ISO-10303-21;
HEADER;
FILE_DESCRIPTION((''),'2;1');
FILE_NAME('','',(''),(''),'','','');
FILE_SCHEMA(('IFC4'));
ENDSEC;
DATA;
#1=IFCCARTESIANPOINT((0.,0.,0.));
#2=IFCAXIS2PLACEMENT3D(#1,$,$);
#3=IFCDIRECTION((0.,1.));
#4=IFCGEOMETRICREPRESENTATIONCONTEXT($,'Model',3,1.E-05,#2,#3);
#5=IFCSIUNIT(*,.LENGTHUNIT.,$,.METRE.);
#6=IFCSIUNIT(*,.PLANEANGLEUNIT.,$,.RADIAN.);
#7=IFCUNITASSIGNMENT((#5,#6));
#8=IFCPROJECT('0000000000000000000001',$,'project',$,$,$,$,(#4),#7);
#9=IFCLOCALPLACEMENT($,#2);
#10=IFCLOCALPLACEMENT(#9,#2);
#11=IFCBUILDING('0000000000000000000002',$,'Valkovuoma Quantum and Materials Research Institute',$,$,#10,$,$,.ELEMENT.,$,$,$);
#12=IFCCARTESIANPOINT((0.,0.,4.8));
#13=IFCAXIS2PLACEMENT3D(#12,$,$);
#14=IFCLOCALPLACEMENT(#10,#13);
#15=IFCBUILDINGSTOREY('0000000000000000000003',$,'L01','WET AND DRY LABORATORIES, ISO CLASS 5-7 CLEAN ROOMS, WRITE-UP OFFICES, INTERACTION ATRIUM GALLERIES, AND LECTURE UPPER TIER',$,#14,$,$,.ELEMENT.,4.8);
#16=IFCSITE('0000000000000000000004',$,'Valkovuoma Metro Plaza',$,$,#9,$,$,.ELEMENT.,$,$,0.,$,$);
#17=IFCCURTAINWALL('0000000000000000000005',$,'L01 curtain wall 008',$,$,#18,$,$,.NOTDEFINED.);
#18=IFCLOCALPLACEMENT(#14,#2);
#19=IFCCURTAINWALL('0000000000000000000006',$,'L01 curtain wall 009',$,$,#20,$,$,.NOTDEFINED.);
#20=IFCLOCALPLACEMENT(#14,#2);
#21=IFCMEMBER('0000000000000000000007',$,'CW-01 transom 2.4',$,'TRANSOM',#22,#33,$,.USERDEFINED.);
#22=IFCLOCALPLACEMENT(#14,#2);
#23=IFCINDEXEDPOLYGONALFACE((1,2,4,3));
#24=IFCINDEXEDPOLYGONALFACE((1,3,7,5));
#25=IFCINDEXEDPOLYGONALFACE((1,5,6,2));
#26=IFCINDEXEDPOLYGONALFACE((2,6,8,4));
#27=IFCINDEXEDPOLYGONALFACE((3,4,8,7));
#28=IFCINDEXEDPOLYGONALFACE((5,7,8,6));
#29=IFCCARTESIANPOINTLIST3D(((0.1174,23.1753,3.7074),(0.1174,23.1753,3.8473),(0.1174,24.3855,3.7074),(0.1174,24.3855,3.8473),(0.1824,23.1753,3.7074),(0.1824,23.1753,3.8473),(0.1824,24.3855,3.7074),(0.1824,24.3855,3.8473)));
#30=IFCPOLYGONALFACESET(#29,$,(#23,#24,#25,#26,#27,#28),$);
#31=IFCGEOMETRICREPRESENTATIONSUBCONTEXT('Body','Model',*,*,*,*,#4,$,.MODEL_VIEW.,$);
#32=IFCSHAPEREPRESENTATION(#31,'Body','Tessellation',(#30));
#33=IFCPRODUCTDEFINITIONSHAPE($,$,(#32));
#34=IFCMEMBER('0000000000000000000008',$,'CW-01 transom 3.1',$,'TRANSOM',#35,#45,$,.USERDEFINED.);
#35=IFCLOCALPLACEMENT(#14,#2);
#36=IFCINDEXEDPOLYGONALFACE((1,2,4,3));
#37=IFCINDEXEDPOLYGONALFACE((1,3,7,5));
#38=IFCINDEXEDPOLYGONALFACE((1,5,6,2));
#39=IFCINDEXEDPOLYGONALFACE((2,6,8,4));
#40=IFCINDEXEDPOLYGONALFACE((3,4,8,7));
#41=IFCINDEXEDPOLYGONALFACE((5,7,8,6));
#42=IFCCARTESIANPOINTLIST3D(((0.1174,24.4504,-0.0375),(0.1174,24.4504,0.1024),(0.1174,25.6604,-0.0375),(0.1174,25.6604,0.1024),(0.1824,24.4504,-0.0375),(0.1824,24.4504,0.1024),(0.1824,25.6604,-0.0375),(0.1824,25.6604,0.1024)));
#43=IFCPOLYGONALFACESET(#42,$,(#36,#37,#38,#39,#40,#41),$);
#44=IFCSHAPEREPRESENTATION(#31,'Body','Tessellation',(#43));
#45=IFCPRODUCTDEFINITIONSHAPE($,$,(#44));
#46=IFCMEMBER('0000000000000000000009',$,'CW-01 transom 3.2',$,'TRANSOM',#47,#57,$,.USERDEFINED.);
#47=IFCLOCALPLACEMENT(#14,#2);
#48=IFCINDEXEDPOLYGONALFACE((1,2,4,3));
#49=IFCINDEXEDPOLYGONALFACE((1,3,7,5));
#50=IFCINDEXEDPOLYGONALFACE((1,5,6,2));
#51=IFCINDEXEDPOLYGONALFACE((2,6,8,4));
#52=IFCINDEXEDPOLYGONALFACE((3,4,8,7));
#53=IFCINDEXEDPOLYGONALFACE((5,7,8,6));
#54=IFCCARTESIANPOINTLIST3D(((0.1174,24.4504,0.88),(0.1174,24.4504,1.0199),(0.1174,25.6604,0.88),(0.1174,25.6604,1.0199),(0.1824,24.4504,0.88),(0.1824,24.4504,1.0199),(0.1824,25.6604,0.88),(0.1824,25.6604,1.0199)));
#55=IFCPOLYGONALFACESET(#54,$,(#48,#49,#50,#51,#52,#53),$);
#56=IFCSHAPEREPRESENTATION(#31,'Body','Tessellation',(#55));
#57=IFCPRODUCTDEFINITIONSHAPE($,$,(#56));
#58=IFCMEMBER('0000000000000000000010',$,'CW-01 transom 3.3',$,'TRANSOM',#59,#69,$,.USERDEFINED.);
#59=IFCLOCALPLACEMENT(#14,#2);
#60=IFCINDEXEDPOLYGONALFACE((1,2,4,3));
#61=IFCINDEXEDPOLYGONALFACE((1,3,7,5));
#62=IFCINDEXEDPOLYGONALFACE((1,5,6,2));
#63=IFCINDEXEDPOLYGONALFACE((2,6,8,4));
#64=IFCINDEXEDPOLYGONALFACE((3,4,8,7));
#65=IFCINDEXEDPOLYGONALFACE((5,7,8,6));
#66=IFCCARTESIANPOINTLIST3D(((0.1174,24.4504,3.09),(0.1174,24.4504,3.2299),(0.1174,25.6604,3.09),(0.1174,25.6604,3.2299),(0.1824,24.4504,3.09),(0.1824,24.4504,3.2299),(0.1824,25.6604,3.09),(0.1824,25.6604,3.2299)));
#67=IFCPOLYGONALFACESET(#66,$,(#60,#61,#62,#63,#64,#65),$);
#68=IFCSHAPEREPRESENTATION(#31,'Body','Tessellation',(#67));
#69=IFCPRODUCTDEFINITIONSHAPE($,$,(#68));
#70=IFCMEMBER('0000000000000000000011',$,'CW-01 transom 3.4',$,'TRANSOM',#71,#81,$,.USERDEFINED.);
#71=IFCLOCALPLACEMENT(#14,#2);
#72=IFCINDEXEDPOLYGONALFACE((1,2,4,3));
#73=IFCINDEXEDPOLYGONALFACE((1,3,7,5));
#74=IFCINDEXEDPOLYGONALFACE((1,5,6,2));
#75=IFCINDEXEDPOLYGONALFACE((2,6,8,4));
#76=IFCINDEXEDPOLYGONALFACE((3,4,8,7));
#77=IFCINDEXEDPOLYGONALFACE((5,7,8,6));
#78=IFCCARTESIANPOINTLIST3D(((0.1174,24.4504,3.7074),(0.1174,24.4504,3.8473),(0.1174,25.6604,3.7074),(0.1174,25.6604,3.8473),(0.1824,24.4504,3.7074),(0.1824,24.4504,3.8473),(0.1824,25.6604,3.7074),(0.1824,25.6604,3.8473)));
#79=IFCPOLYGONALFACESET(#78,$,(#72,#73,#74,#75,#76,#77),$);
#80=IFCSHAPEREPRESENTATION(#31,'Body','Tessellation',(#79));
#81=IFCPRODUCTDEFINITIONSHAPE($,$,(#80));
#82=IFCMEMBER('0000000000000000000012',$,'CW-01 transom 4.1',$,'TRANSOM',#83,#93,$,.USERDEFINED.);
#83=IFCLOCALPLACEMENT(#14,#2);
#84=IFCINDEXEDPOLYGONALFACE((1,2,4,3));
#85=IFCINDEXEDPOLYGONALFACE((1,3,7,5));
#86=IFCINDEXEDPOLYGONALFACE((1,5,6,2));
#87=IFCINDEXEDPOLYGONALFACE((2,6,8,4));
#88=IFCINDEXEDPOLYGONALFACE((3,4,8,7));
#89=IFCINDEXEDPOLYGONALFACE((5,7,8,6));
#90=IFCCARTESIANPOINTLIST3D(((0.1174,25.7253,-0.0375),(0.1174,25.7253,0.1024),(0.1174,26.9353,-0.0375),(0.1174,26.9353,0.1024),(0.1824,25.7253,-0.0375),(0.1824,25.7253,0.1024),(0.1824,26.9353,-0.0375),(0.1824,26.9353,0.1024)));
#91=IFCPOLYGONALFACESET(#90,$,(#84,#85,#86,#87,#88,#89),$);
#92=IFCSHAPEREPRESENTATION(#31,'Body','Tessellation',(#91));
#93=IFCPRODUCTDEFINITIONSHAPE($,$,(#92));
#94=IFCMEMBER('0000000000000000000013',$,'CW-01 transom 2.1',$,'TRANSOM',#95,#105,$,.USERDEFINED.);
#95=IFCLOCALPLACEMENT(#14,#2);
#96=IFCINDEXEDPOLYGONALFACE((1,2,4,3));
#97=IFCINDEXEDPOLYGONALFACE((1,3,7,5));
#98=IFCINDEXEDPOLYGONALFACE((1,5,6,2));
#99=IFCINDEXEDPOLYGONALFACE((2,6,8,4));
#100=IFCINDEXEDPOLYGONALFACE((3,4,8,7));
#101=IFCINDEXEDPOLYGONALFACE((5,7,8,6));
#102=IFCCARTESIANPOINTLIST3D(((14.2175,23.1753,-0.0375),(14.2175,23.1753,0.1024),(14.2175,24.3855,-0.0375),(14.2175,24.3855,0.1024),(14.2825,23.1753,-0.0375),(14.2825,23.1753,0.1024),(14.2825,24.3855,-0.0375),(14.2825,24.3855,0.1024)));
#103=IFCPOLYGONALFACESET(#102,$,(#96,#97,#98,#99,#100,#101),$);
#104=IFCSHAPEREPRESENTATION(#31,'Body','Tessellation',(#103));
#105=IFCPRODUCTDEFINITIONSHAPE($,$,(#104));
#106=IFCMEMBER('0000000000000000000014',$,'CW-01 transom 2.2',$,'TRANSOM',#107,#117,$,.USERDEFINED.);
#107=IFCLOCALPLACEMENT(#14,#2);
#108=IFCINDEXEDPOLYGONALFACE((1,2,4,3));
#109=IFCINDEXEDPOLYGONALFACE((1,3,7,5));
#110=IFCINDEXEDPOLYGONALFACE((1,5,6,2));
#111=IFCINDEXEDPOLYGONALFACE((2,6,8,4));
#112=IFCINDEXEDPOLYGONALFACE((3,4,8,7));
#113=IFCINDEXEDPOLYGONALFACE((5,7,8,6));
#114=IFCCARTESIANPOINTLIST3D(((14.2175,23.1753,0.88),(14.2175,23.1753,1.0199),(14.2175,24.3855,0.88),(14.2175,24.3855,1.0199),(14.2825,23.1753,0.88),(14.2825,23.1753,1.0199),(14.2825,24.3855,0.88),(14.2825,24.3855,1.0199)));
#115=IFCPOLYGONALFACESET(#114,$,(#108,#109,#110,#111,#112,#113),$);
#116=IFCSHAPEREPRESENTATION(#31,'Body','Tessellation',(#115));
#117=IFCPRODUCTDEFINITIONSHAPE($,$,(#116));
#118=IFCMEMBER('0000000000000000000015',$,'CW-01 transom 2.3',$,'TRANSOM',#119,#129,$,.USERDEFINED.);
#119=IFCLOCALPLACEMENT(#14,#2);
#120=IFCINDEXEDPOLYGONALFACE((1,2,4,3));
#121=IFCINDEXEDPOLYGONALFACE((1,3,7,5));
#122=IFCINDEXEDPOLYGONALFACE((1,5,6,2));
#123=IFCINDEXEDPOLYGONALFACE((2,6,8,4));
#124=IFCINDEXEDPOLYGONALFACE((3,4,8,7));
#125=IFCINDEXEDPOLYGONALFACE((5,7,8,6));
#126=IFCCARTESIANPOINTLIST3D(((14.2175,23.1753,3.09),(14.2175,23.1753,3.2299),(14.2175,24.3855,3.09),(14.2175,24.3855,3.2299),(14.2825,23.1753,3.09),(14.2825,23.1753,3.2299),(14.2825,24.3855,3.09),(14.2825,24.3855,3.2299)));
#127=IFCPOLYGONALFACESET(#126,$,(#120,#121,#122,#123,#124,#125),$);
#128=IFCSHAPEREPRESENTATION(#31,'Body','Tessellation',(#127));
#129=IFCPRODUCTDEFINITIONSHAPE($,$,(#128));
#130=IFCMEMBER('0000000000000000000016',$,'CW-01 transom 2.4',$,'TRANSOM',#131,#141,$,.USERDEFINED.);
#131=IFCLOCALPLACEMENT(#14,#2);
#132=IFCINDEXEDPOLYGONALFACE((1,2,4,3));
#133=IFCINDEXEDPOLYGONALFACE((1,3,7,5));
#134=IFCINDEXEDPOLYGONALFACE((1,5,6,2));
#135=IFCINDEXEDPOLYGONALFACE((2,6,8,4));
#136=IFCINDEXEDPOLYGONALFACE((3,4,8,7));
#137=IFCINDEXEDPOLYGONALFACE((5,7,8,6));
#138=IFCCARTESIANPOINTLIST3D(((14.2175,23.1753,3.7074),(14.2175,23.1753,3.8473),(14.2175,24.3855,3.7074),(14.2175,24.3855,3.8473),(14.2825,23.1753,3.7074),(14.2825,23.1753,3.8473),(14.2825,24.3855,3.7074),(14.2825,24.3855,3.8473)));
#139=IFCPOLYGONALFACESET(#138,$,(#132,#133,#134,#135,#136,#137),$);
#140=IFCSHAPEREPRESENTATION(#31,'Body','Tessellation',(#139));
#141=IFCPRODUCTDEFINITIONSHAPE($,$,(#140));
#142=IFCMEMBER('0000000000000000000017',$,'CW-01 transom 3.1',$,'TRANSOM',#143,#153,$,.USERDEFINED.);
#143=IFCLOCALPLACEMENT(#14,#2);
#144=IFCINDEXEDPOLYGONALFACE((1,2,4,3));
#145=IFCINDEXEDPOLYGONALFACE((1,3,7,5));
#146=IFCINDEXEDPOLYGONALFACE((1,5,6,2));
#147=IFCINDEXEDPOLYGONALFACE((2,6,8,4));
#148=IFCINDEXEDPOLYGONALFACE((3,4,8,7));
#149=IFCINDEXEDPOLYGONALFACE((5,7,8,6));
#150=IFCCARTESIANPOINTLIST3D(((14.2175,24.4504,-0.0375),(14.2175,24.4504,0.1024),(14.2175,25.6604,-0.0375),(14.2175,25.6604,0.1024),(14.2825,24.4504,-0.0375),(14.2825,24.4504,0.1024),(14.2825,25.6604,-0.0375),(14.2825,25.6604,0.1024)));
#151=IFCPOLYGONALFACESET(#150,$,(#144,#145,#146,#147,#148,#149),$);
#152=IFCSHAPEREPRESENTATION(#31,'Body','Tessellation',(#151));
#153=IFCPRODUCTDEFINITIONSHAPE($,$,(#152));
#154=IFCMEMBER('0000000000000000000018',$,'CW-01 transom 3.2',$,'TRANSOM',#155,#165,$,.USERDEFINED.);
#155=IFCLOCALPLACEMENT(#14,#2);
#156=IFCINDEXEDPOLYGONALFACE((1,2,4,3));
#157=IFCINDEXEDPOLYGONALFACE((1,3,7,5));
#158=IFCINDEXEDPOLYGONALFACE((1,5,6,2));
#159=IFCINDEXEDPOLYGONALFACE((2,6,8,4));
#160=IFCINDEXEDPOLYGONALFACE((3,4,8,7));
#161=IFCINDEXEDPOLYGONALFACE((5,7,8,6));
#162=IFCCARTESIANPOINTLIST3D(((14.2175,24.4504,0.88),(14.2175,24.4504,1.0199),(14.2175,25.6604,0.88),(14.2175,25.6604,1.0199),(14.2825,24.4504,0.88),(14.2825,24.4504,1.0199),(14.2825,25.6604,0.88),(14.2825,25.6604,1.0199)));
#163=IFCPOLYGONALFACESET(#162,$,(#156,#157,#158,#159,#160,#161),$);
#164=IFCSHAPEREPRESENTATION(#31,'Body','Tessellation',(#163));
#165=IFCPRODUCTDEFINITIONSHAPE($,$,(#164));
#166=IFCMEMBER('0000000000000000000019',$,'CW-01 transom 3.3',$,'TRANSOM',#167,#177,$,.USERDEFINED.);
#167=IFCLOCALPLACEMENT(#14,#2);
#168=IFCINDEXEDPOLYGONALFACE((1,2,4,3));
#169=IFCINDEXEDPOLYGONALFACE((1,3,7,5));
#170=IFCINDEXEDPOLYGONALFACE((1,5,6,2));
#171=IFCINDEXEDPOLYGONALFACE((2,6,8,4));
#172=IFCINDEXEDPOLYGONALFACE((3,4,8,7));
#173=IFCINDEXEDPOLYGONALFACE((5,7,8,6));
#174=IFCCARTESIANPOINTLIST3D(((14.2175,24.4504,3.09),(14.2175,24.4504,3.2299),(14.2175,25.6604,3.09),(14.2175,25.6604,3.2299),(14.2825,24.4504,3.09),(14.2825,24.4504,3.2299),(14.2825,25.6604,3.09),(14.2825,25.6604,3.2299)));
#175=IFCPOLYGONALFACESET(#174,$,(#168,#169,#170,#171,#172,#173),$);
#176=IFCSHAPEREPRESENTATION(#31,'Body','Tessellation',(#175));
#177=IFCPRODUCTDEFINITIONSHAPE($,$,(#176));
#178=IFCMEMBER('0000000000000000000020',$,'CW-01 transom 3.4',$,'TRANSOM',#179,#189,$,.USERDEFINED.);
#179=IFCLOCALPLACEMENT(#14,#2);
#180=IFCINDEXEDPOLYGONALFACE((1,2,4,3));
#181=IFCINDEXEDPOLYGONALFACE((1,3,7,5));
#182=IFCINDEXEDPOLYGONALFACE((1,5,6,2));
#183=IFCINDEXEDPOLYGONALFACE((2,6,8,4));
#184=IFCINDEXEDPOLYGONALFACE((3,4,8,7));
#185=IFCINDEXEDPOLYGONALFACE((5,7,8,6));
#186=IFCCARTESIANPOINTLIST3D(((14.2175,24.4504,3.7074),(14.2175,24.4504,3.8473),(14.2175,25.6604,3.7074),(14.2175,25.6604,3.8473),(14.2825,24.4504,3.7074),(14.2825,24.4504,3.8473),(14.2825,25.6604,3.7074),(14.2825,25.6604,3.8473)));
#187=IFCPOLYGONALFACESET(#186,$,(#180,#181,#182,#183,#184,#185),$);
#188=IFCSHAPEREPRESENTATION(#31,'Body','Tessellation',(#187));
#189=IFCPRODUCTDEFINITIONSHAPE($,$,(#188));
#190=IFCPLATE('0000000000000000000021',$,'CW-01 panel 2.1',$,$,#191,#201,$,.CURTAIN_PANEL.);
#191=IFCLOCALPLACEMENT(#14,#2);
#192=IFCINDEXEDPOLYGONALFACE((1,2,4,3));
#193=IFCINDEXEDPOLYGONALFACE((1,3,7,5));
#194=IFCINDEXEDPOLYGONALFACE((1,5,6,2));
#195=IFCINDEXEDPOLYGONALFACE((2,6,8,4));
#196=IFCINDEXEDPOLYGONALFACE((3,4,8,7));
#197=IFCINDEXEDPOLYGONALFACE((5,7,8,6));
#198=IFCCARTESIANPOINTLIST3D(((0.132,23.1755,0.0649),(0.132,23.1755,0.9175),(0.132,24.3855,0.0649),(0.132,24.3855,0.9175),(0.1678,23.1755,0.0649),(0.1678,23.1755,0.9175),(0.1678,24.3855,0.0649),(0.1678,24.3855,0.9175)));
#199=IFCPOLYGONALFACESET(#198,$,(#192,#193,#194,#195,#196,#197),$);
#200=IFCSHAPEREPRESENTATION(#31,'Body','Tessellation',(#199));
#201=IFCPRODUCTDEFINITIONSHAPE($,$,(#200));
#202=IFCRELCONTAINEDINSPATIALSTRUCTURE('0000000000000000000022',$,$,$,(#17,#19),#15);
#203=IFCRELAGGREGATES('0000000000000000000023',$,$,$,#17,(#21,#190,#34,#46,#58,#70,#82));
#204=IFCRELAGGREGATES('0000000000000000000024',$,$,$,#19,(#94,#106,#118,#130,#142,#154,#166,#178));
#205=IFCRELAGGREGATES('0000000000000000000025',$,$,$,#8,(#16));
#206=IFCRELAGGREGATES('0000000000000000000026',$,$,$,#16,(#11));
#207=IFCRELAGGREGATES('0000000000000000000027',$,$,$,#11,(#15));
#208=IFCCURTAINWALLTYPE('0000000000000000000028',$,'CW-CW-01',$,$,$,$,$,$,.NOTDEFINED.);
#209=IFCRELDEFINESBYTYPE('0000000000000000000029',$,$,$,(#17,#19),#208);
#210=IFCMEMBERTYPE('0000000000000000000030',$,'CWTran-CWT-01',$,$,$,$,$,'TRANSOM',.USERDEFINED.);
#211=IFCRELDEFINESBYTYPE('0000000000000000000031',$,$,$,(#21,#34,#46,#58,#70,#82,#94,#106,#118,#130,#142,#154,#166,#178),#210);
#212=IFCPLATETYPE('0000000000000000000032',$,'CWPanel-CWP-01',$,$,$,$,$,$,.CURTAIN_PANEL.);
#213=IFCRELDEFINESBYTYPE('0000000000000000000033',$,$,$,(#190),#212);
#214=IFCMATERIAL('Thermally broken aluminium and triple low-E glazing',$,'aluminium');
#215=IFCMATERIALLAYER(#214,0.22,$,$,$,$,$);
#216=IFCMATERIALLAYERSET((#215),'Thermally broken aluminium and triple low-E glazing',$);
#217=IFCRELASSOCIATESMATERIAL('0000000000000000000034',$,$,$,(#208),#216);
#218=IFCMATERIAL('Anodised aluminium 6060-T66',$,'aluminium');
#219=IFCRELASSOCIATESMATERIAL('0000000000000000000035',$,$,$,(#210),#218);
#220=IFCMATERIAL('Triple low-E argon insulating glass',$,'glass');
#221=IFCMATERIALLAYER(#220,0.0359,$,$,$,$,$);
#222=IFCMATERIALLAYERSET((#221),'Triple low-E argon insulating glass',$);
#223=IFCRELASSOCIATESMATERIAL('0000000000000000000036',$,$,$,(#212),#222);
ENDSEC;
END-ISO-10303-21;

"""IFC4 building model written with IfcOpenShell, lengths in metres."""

from ifc_helpers import new_model, si_unit, direction, frame, origin, origin_2d, place, context, subcontext, project, spatial, rectangle, extrude, material, layer, layer_set, material_profile, profile_set, type_object, element, aggregate, save


model = new_model("IFC4")

# Units and contexts
model_context = context("Model", 3, precision=1e-05, world=origin(), true_north=direction((0.0, 1.0)))
body_context = subcontext(model_context, "Body", "Model", "MODEL_VIEW")
ifc_project = project(units=[si_unit("LENGTHUNIT", "METRE"), si_unit("PLANEANGLEUNIT", "RADIAN")], contexts=[model_context])

# Site, building, storey
site_placement = place(None, origin())
site = spatial("IfcSite", under=ifc_project, at=site_placement, Name="Valkovuoma Metro Plaza", CompositionType="ELEMENT", RefElevation=0.0)
building_placement = place(site_placement, origin())
building = spatial("IfcBuilding", under=site, at=building_placement, Name="Valkovuoma Quantum and Materials Research Institute", CompositionType="ELEMENT")
storey_placement = place(building_placement, frame((0.0, 0.0, 4.8)))
storey = spatial("IfcBuildingStorey", under=building, at=storey_placement, Name="L01", Description="WET AND DRY LABORATORIES, ISO CLASS 5-7 CLEAN ROOMS, WRITE-UP OFFICES, INTERACTION ATRIUM GALLERIES, AND LECTURE UPPER TIER", CompositionType="ELEMENT", Elevation=4.8)

# Curtain walls
ifc_material_1 = material(Name="Thermally broken aluminium and triple low-E glazing", Category="aluminium")
ifc_layer_1 = layer(ifc_material_1, 0.22)
ifc_layer_set_1 = layer_set([ifc_layer_1], Name="Thermally broken aluminium and triple low-E glazing")
curtain_wall_type = type_object("IfcCurtainWallType", Name="CW-CW-01", PredefinedType="NOTDEFINED", material=ifc_layer_set_1)
curtain_wall_1_placement = place(storey_placement, origin())
curtain_wall_1 = element("IfcCurtainWall", 1, at=curtain_wall_1_placement, inside=storey, type_object=curtain_wall_type, Name="L01 curtain wall 008", PredefinedType="NOTDEFINED")
curtain_wall_2_placement = place(storey_placement, origin())
curtain_wall_2 = element("IfcCurtainWall", 2, at=curtain_wall_2_placement, inside=storey, type_object=curtain_wall_type, Name="L01 curtain wall 009", PredefinedType="NOTDEFINED")

# Members
ifc_material_2 = material(Name="Anodised aluminium 6060-T66", Category="aluminium")
ifc_material_profile_1 = material_profile(ifc_material_2, rectangle(XDim=0.0649, YDim=0.1399, at=origin_2d()), Name="Anodised aluminium 6060-T66")
ifc_profile_set_1 = profile_set([ifc_material_profile_1], Name="Anodised aluminium 6060-T66")
member_type_1 = type_object("IfcMemberType", Name="CWTran-CWT-01", ElementType="TRANSOM", PredefinedType="USERDEFINED", material=ifc_profile_set_1)
member_1_placement = place(storey_placement, frame((0.1499, 23.1753, 3.7773), z_axis=(0.0, 1.0, 0.0), x_axis=(-1.0, 0.0, 0.0)))
member_1 = element("IfcMember", 3, at=member_1_placement, type_object=member_type_1, Name="CW-01 transom 2.4", ObjectType="TRANSOM", PredefinedType="USERDEFINED", context=body_context, shape_type="SweptSolid", body=[
    extrude(rectangle(XDim=0.0649, YDim=0.1399, at=origin_2d()), origin(), (0.0, 0.0, 1.0), 1.2102),
])
member_2_placement = place(storey_placement, frame((0.1499, 24.4504, 0.0325), z_axis=(0.0, 1.0, 0.0), x_axis=(-1.0, 0.0, 0.0)))
member_2 = element("IfcMember", 4, at=member_2_placement, type_object=member_type_1, Name="CW-01 transom 3.1", ObjectType="TRANSOM", PredefinedType="USERDEFINED", context=body_context, shape_type="SweptSolid", body=[
    extrude(rectangle(XDim=0.0649, YDim=0.1399, at=origin_2d()), origin(), (0.0, 0.0, 1.0), 1.21),
])
member_3_placement = place(storey_placement, frame((0.1499, 24.4504, 0.95), z_axis=(0.0, 1.0, 0.0), x_axis=(-1.0, 0.0, 0.0)))
member_3 = element("IfcMember", 5, at=member_3_placement, type_object=member_type_1, Name="CW-01 transom 3.2", ObjectType="TRANSOM", PredefinedType="USERDEFINED", context=body_context, shape_type="SweptSolid", body=[
    extrude(rectangle(XDim=0.0649, YDim=0.1399, at=origin_2d()), origin(), (0.0, 0.0, 1.0), 1.21),
])
member_4_placement = place(storey_placement, frame((0.1499, 24.4504, 3.1599), z_axis=(0.0, 1.0, 0.0), x_axis=(-1.0, 0.0, 0.0)))
member_4 = element("IfcMember", 6, at=member_4_placement, type_object=member_type_1, Name="CW-01 transom 3.3", ObjectType="TRANSOM", PredefinedType="USERDEFINED", context=body_context, shape_type="SweptSolid", body=[
    extrude(rectangle(XDim=0.0649, YDim=0.1399, at=origin_2d()), origin(), (0.0, 0.0, 1.0), 1.21),
])
member_5_placement = place(storey_placement, frame((0.1499, 24.4504, 3.7773), z_axis=(0.0, 1.0, 0.0), x_axis=(-1.0, 0.0, 0.0)))
member_5 = element("IfcMember", 7, at=member_5_placement, type_object=member_type_1, Name="CW-01 transom 3.4", ObjectType="TRANSOM", PredefinedType="USERDEFINED", context=body_context, shape_type="SweptSolid", body=[
    extrude(rectangle(XDim=0.0649, YDim=0.1399, at=origin_2d()), origin(), (0.0, 0.0, 1.0), 1.21),
])
member_6_placement = place(storey_placement, frame((0.1499, 25.7253, 0.0325), z_axis=(0.0, 1.0, 0.0), x_axis=(-1.0, 0.0, 0.0)))
member_6 = element("IfcMember", 8, at=member_6_placement, type_object=member_type_1, Name="CW-01 transom 4.1", ObjectType="TRANSOM", PredefinedType="USERDEFINED", context=body_context, shape_type="SweptSolid", body=[
    extrude(rectangle(XDim=0.0649, YDim=0.1399, at=origin_2d()), origin(), (0.0, 0.0, 1.0), 1.21),
])
member_7_placement = place(storey_placement, frame((14.25, 23.1753, 0.0325), z_axis=(0.0, 1.0, 0.0), x_axis=(-1.0, 0.0, 0.0)))
member_7 = element("IfcMember", 9, at=member_7_placement, type_object=member_type_1, Name="CW-01 transom 2.1", ObjectType="TRANSOM", PredefinedType="USERDEFINED", context=body_context, shape_type="SweptSolid", body=[
    extrude(rectangle(XDim=0.0649, YDim=0.1399, at=origin_2d()), origin(), (0.0, 0.0, 1.0), 1.2102),
])
member_8_placement = place(storey_placement, frame((14.25, 23.1753, 0.95), z_axis=(0.0, 1.0, 0.0), x_axis=(-1.0, 0.0, 0.0)))
member_8 = element("IfcMember", 10, at=member_8_placement, type_object=member_type_1, Name="CW-01 transom 2.2", ObjectType="TRANSOM", PredefinedType="USERDEFINED", context=body_context, shape_type="SweptSolid", body=[
    extrude(rectangle(XDim=0.0649, YDim=0.1399, at=origin_2d()), origin(), (0.0, 0.0, 1.0), 1.2102),
])
member_9_placement = place(storey_placement, frame((14.25, 23.1753, 3.1599), z_axis=(0.0, 1.0, 0.0), x_axis=(-1.0, 0.0, 0.0)))
member_9 = element("IfcMember", 11, at=member_9_placement, type_object=member_type_1, Name="CW-01 transom 2.3", ObjectType="TRANSOM", PredefinedType="USERDEFINED", context=body_context, shape_type="SweptSolid", body=[
    extrude(rectangle(XDim=0.0649, YDim=0.1399, at=origin_2d()), origin(), (0.0, 0.0, 1.0), 1.2102),
])
member_10_placement = place(storey_placement, frame((14.25, 23.1753, 3.7773), z_axis=(0.0, 1.0, 0.0), x_axis=(-1.0, 0.0, 0.0)))
member_10 = element("IfcMember", 12, at=member_10_placement, type_object=member_type_1, Name="CW-01 transom 2.4", ObjectType="TRANSOM", PredefinedType="USERDEFINED", context=body_context, shape_type="SweptSolid", body=[
    extrude(rectangle(XDim=0.0649, YDim=0.1399, at=origin_2d()), origin(), (0.0, 0.0, 1.0), 1.2102),
])
member_11_placement = place(storey_placement, frame((14.25, 24.4504, 0.0325), z_axis=(0.0, 1.0, 0.0), x_axis=(-1.0, 0.0, 0.0)))
member_11 = element("IfcMember", 13, at=member_11_placement, type_object=member_type_1, Name="CW-01 transom 3.1", ObjectType="TRANSOM", PredefinedType="USERDEFINED", context=body_context, shape_type="SweptSolid", body=[
    extrude(rectangle(XDim=0.0649, YDim=0.1399, at=origin_2d()), origin(), (0.0, 0.0, 1.0), 1.21),
])
member_12_placement = place(storey_placement, frame((14.25, 24.4504, 0.95), z_axis=(0.0, 1.0, 0.0), x_axis=(-1.0, 0.0, 0.0)))
member_12 = element("IfcMember", 14, at=member_12_placement, type_object=member_type_1, Name="CW-01 transom 3.2", ObjectType="TRANSOM", PredefinedType="USERDEFINED", context=body_context, shape_type="SweptSolid", body=[
    extrude(rectangle(XDim=0.0649, YDim=0.1399, at=origin_2d()), origin(), (0.0, 0.0, 1.0), 1.21),
])
member_13_placement = place(storey_placement, frame((14.25, 24.4504, 3.1599), z_axis=(0.0, 1.0, 0.0), x_axis=(-1.0, 0.0, 0.0)))
member_13 = element("IfcMember", 15, at=member_13_placement, type_object=member_type_1, Name="CW-01 transom 3.3", ObjectType="TRANSOM", PredefinedType="USERDEFINED", context=body_context, shape_type="SweptSolid", body=[
    extrude(rectangle(XDim=0.0649, YDim=0.1399, at=origin_2d()), origin(), (0.0, 0.0, 1.0), 1.21),
])
member_14_placement = place(storey_placement, frame((14.25, 24.4504, 3.7773), z_axis=(0.0, 1.0, 0.0), x_axis=(-1.0, 0.0, 0.0)))
member_14 = element("IfcMember", 16, at=member_14_placement, type_object=member_type_1, Name="CW-01 transom 3.4", ObjectType="TRANSOM", PredefinedType="USERDEFINED", context=body_context, shape_type="SweptSolid", body=[
    extrude(rectangle(XDim=0.0649, YDim=0.1399, at=origin_2d()), origin(), (0.0, 0.0, 1.0), 1.21),
])

# Plate
ifc_material_3 = material(Name="Triple low-E argon insulating glass", Category="glass")
ifc_layer_2 = layer(ifc_material_3, 0.0359)
ifc_layer_set_2 = layer_set([ifc_layer_2], Name="Triple low-E argon insulating glass")
plate_type_1 = type_object("IfcPlateType", Name="CWPanel-CWP-01", PredefinedType="CURTAIN_PANEL", material=ifc_layer_set_2)
plate_1_placement = place(storey_placement, frame((0.1499, 23.7805, 0.0649), z_axis=(0.0, 0.0, 1.0), x_axis=(0.0, 1.0, 0.0)))
plate_1 = element("IfcPlate", 17, at=plate_1_placement, type_object=plate_type_1, Name="CW-01 panel 2.1", PredefinedType="CURTAIN_PANEL", context=body_context, shape_type="SweptSolid", body=[
    extrude(rectangle(XDim=1.21, YDim=0.0359, at=origin_2d()), origin(), (0.0, 0.0, 1.0), 0.8525),
])
aggregate(curtain_wall_1, [member_1, plate_1, member_2, member_3, member_4, member_5, member_6])
aggregate(curtain_wall_2, [member_7, member_8, member_9, member_10, member_11, member_12, member_13, member_14])

save(model, "model.ifc")
